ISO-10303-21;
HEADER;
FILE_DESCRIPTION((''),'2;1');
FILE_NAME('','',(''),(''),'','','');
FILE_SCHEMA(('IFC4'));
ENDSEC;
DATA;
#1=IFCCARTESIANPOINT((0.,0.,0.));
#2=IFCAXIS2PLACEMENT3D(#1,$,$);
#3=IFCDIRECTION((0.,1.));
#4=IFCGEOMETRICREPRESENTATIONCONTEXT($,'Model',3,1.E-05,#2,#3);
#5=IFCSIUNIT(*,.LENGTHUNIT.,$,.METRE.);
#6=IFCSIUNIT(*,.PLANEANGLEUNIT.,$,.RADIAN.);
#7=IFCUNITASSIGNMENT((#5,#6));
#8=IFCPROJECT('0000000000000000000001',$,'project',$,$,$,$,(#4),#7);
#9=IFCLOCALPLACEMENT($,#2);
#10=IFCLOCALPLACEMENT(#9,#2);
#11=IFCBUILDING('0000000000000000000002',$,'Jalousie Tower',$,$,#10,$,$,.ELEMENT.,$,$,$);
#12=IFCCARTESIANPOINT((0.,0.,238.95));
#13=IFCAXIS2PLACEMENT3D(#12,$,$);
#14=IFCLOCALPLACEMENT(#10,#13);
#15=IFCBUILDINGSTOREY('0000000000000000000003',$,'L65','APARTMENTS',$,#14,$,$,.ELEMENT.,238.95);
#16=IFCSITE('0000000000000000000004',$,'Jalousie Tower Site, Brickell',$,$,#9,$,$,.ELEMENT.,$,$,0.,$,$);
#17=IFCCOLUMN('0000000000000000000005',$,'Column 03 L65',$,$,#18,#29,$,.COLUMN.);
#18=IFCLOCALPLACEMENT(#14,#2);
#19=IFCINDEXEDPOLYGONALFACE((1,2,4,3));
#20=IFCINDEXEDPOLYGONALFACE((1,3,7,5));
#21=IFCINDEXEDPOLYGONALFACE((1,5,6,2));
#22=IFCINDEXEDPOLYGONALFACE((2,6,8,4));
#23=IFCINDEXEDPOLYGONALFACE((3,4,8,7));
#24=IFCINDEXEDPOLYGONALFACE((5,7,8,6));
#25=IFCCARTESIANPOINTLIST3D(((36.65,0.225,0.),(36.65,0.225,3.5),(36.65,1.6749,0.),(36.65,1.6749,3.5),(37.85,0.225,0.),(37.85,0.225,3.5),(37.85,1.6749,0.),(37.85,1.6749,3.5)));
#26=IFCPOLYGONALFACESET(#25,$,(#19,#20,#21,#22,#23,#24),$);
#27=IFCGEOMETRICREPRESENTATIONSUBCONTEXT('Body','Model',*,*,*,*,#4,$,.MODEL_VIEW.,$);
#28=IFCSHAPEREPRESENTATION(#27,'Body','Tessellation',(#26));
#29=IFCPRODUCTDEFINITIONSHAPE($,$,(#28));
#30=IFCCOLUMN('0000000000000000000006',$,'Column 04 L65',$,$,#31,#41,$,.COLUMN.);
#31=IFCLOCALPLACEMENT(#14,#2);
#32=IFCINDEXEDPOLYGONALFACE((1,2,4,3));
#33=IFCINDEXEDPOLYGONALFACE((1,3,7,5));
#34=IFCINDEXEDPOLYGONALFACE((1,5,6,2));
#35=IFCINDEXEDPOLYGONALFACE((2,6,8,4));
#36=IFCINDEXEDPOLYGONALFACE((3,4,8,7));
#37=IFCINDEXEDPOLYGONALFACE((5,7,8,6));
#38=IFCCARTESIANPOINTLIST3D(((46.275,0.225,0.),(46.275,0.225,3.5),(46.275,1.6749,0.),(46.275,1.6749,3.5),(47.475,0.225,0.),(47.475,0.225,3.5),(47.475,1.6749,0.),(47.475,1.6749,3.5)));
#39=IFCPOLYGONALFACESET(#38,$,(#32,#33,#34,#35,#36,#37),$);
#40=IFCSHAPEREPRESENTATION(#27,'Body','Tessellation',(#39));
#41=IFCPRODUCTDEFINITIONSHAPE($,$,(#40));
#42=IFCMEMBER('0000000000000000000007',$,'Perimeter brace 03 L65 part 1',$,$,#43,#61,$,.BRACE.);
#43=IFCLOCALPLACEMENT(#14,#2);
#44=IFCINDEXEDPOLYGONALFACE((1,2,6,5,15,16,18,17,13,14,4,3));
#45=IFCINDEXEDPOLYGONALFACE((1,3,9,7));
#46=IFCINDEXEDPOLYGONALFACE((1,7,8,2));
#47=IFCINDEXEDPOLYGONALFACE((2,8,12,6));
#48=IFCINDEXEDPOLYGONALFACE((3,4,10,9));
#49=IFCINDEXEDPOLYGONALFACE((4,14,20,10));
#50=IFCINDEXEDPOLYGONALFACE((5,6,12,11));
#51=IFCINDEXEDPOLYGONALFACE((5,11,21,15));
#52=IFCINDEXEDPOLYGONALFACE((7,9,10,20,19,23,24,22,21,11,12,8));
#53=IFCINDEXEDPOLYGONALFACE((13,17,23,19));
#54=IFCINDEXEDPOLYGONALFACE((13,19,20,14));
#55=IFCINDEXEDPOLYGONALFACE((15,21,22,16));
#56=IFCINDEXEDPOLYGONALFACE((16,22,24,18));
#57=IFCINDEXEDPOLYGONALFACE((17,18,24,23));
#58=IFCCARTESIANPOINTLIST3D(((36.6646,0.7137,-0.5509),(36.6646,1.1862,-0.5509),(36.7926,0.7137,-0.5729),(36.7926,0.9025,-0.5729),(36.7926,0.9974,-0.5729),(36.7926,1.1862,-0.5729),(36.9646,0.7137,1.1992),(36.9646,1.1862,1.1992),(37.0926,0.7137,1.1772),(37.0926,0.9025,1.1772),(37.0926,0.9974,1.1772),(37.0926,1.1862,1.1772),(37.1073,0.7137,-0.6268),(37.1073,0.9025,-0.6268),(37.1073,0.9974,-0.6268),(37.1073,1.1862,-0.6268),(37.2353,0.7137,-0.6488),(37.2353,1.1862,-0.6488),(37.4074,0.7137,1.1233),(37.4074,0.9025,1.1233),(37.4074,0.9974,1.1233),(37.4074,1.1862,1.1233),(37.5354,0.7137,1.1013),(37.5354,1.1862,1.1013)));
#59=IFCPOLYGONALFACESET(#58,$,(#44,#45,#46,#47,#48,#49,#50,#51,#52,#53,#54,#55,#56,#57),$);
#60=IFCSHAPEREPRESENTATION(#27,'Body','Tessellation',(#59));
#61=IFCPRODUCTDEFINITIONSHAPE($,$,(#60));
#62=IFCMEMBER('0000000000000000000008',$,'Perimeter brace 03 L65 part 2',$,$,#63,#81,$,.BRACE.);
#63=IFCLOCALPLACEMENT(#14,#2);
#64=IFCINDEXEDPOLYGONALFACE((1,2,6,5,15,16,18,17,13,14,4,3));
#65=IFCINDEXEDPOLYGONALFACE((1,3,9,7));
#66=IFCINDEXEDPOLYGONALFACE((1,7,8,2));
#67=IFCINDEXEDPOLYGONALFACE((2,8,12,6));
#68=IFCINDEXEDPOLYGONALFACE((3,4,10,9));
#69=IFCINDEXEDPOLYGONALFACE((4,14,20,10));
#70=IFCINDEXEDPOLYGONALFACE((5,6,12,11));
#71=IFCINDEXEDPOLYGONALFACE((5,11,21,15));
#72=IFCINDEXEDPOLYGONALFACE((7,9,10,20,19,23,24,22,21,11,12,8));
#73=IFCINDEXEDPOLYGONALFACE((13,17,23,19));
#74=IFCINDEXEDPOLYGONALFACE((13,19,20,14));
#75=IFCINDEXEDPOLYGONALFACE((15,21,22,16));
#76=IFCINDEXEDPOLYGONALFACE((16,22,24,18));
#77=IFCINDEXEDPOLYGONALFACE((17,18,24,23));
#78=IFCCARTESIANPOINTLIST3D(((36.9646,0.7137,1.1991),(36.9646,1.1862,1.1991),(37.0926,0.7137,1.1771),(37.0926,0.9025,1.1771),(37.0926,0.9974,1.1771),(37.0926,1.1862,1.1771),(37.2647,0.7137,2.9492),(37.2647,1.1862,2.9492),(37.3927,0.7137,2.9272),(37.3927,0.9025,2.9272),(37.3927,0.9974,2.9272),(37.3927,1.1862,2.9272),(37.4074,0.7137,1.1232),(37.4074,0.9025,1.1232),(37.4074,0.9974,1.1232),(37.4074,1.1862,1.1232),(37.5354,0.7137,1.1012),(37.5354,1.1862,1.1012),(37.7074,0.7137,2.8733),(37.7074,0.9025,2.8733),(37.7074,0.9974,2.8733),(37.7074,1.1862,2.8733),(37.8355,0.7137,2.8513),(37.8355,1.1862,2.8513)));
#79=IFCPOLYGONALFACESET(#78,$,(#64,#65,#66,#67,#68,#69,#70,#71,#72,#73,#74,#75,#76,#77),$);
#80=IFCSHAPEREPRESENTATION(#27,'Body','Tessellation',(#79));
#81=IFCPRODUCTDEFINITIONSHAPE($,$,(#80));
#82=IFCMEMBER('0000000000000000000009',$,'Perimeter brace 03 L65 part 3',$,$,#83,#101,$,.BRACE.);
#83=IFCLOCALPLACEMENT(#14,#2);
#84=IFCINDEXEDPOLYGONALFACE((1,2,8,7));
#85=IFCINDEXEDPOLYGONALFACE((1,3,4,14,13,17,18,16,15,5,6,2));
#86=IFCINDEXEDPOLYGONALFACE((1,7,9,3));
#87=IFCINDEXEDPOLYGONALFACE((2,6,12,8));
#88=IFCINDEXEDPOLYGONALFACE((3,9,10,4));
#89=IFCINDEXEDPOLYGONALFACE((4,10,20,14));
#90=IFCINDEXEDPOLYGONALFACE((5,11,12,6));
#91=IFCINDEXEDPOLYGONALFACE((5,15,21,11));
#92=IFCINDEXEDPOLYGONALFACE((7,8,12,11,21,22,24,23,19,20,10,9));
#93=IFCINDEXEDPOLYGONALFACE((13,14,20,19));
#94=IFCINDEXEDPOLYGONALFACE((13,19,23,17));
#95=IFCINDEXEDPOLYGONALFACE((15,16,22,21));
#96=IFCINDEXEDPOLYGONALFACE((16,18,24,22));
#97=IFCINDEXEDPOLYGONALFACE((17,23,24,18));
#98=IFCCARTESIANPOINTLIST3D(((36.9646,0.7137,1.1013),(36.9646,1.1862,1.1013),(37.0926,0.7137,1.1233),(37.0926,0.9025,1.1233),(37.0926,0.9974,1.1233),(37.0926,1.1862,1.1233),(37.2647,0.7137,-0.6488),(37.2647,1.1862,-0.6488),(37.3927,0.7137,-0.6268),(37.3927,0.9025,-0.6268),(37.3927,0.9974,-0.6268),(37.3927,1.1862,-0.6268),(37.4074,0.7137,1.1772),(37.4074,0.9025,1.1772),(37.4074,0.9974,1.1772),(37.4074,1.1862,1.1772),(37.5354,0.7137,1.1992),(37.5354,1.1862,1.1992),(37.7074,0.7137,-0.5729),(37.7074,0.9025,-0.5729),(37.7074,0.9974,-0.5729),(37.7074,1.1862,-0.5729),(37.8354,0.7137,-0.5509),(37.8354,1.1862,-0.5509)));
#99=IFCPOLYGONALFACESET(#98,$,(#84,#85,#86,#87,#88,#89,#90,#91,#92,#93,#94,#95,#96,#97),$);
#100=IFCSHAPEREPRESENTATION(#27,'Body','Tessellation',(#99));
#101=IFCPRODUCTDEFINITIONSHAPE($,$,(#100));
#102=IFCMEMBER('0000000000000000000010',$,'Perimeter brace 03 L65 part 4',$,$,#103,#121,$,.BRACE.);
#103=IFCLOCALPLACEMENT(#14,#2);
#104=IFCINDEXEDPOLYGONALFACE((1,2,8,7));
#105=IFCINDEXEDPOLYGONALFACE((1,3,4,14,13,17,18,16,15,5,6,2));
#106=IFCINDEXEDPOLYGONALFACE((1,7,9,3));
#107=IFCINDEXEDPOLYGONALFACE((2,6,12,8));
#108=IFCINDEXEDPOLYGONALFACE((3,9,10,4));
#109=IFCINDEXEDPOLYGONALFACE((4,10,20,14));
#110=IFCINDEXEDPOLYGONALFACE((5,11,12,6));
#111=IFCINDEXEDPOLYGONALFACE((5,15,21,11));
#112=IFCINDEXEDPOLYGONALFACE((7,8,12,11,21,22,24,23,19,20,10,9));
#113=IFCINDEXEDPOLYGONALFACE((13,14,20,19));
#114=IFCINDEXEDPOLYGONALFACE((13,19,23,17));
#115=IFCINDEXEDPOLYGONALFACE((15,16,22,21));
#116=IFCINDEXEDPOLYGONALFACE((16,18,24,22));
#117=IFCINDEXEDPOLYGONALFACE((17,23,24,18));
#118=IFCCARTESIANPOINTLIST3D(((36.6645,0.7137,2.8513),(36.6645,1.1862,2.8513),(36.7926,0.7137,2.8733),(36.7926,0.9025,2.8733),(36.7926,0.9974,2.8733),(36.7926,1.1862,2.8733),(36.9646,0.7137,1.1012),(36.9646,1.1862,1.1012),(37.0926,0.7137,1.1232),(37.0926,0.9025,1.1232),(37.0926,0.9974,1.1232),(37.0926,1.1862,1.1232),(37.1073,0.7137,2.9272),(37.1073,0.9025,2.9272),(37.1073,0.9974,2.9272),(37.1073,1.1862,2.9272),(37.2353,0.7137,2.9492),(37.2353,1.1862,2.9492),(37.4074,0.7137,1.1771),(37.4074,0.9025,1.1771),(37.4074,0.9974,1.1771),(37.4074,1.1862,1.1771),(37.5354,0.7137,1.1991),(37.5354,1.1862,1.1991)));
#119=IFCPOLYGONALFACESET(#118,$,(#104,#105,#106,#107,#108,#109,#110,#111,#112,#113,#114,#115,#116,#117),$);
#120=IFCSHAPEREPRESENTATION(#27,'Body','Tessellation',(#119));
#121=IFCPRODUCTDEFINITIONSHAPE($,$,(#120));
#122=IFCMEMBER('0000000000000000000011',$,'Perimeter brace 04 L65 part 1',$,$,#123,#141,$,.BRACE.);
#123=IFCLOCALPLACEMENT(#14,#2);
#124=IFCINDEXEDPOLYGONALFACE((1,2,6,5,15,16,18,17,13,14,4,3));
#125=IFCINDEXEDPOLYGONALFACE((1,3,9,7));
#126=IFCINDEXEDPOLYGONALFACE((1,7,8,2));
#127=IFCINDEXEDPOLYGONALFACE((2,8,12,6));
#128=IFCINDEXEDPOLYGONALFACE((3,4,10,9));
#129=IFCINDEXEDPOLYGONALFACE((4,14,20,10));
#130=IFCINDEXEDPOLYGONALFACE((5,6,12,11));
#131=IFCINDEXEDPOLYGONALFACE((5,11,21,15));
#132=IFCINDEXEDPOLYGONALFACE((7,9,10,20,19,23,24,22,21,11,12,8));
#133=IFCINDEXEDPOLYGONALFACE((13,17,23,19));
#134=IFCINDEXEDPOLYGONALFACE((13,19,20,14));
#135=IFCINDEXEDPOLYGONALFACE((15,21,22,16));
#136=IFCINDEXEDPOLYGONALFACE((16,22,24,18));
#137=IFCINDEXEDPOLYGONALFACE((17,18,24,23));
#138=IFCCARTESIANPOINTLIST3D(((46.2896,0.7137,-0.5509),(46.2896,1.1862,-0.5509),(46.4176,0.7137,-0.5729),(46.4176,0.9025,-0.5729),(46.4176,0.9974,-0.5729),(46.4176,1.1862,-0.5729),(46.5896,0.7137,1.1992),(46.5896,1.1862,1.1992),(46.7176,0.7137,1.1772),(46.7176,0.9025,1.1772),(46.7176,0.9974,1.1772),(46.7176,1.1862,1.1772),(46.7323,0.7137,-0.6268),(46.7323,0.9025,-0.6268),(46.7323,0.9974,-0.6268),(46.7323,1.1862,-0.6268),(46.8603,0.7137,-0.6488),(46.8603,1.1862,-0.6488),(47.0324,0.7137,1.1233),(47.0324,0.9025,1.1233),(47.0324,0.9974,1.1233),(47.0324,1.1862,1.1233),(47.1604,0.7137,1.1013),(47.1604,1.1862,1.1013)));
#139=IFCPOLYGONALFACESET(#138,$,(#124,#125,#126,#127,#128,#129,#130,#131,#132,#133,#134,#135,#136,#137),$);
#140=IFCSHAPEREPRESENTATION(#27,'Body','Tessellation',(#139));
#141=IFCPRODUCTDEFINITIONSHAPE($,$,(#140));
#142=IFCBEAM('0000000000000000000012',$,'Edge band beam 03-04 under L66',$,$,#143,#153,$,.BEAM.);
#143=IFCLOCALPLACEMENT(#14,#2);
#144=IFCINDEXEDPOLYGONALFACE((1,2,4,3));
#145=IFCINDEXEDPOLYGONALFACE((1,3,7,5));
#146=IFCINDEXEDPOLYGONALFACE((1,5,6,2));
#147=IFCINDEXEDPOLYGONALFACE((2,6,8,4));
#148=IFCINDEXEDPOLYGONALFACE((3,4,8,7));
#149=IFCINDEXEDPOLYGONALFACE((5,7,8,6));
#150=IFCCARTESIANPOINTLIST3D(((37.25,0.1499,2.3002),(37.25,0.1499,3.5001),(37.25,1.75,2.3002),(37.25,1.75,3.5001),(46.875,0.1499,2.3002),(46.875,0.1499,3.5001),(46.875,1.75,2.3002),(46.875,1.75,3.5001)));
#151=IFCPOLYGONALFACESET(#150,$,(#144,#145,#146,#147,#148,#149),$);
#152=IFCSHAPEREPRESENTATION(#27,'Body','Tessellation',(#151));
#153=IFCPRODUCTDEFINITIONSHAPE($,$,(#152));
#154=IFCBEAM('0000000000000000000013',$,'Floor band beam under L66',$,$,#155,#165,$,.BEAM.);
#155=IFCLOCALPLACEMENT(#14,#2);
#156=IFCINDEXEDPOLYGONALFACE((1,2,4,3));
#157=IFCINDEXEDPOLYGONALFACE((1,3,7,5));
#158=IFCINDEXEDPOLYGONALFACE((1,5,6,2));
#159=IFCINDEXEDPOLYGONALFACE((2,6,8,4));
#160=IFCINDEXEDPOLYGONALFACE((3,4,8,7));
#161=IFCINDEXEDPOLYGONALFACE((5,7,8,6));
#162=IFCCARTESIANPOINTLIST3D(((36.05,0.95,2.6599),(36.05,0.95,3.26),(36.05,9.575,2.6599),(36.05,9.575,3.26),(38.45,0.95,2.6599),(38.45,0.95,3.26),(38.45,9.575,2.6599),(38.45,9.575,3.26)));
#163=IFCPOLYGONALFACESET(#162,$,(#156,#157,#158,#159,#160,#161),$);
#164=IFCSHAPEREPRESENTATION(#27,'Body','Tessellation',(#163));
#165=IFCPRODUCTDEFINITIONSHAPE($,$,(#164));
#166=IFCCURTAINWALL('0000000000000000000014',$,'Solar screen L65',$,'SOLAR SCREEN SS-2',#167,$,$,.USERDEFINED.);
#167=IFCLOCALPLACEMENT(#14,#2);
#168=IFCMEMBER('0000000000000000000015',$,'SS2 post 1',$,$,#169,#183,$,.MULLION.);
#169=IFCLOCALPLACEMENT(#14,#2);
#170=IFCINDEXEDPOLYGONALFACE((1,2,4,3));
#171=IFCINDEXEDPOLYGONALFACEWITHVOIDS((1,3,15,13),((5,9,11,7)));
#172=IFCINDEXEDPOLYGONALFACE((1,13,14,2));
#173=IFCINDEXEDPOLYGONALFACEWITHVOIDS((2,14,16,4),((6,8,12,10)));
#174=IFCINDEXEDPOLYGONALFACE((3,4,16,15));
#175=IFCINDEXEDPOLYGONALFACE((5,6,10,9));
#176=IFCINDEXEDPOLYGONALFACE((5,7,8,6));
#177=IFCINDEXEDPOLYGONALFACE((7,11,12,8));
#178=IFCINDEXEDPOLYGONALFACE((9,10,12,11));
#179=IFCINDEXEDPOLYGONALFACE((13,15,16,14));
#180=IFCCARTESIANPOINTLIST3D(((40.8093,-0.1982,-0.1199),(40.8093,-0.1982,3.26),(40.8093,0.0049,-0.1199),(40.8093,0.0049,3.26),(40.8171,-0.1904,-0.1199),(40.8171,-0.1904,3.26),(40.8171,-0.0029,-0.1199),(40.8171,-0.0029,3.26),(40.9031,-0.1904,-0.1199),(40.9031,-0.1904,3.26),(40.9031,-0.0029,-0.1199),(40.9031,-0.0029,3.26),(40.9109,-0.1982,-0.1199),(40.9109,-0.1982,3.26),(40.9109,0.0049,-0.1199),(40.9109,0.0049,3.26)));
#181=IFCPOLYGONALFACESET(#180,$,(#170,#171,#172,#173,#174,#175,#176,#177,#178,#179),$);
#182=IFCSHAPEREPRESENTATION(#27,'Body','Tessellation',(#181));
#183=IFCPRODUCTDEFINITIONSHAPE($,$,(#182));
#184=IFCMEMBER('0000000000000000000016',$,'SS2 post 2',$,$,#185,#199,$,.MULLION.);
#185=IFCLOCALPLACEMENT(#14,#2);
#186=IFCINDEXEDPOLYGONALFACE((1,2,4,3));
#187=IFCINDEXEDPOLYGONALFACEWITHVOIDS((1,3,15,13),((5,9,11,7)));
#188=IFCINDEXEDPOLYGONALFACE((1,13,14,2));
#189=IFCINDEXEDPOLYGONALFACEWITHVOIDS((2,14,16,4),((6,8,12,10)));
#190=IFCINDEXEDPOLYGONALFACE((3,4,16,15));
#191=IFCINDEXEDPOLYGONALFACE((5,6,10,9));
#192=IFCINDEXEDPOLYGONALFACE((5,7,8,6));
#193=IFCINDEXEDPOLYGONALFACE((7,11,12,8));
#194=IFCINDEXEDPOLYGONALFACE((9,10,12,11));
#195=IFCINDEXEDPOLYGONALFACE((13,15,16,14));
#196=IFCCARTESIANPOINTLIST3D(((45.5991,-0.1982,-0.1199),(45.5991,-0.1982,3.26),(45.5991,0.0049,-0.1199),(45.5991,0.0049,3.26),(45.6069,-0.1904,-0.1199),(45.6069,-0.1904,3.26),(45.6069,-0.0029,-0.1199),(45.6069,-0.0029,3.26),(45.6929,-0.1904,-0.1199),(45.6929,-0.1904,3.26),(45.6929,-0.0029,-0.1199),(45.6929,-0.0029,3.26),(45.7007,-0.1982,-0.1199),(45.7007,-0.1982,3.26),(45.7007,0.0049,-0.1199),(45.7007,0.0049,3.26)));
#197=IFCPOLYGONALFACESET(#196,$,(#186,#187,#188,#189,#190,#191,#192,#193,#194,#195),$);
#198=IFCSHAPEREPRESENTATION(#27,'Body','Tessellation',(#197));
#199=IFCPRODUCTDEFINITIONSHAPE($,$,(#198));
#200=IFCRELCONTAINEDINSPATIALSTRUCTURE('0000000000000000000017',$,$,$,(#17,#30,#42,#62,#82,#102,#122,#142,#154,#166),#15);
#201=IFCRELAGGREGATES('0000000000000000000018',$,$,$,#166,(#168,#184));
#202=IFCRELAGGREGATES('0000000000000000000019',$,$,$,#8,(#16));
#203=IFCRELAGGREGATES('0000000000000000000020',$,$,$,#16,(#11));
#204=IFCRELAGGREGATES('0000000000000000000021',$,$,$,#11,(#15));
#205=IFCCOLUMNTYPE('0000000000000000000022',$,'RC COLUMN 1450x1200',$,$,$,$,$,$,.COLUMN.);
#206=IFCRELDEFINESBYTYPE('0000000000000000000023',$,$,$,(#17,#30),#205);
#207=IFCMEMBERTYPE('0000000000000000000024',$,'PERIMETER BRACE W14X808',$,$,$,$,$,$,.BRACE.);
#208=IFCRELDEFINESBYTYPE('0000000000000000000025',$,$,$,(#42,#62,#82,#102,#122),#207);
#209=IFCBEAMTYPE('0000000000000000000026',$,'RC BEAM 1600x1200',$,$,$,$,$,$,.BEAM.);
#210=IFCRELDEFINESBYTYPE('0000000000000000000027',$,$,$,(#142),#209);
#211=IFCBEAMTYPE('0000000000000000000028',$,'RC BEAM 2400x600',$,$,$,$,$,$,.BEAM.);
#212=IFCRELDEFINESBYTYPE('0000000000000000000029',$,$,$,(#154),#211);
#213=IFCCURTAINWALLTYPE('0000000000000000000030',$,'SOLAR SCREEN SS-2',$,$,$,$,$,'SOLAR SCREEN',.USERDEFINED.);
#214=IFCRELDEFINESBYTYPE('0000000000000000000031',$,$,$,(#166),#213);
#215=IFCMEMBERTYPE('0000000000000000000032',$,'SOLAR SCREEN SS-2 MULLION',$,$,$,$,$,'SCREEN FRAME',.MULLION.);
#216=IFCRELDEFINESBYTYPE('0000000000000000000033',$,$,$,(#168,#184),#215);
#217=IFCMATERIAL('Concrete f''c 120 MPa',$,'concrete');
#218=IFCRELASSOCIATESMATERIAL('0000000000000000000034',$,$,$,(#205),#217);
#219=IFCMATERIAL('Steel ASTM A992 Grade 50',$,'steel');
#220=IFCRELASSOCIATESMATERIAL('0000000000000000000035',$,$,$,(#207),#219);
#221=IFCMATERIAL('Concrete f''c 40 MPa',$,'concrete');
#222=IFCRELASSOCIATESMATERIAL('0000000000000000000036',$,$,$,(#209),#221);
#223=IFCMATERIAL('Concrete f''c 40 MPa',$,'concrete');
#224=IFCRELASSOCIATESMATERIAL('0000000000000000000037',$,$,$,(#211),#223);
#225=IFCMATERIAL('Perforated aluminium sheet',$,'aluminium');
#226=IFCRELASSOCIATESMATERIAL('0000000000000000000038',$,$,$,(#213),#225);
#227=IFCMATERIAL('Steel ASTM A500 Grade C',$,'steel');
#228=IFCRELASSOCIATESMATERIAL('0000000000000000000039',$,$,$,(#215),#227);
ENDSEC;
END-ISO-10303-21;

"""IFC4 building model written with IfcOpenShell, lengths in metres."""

from ifc_helpers import new_model, si_unit, direction, frame, origin, origin_2d, place, context, subcontext, project, spatial, rectangle, hollow_rectangle, i_section, extrude, material, material_profile, profile_set, type_object, element, aggregate, save


model = new_model("IFC4")

# Units and contexts
model_context = context("Model", 3, precision=1e-05, world=origin(), true_north=direction((0.0, 1.0)))
body_context = subcontext(model_context, "Body", "Model", "MODEL_VIEW")
ifc_project = project(units=[si_unit("LENGTHUNIT", "METRE"), si_unit("PLANEANGLEUNIT", "RADIAN")], contexts=[model_context])

# Site, building, storey
site_placement = place(None, origin())
site = spatial("IfcSite", under=ifc_project, at=site_placement, Name="Jalousie Tower Site, Brickell", CompositionType="ELEMENT", RefElevation=0.0)
building_placement = place(site_placement, origin())
building = spatial("IfcBuilding", under=site, at=building_placement, Name="Jalousie Tower", CompositionType="ELEMENT")
storey_placement = place(building_placement, frame((0.0, 0.0, 238.95)))
storey = spatial("IfcBuildingStorey", under=building, at=storey_placement, Name="L65", Description="APARTMENTS", CompositionType="ELEMENT", Elevation=238.95)

# Columns
ifc_material_1 = material(Name="Concrete f'c 120 MPa", Category="concrete")
ifc_material_profile_1 = material_profile(ifc_material_1, rectangle(XDim=1.45, YDim=1.2, at=origin_2d()), Name="RC 1450x1200")
ifc_profile_set_1 = profile_set([ifc_material_profile_1], Name="Concrete f'c 120 MPa")
column_type = type_object("IfcColumnType", Name="RC COLUMN 1450x1200", PredefinedType="COLUMN", material=ifc_profile_set_1)
for number, where, z_axis, x_axis, name in (
    (1, (37.25, 0.95, 0.0), (0.0, 0.0, 1.0), (0.0, 1.0, 0.0), "Column 03 L65"),
    (2, (46.875, 0.95, 0.0), (0.0, 0.0, 1.0), (0.0, 1.0, 0.0), "Column 04 L65"),
):
    element("IfcColumn", number, at=place(storey_placement, frame(where, z_axis=z_axis, x_axis=x_axis)), inside=storey, type_object=column_type, Name=name, PredefinedType="COLUMN", context=body_context, shape_type="SweptSolid", body=[
        extrude(rectangle(XDim=1.45, YDim=1.2, at=origin_2d()), origin(), (0.0, 0.0, 1.0), 3.5),
    ])

# Members
ifc_material_2 = material(Name="Steel ASTM A992 Grade 50", Category="steel")
ifc_material_profile_2 = material_profile(ifc_material_2, i_section(OverallWidth=0.4724, OverallDepth=0.5791, WebThickness=0.095, FlangeThickness=0.1299, at=origin_2d()), Name="W14X808")
ifc_profile_set_2 = profile_set([ifc_material_profile_2], Name="Steel ASTM A992 Grade 50")
member_type_1 = type_object("IfcMemberType", Name="PERIMETER BRACE W14X808", PredefinedType="BRACE", material=ifc_profile_set_2)
for number, where, z_axis, x_axis, name in (
    (3, (36.95, 0.95, -0.5999), (0.168991, 0.0, 0.985618), (0.0, 1.0, 0.0), "Perimeter brace 03 L65 part 1"),
    (4, (37.25, 0.95, 1.1501), (0.168991, 0.0, 0.985618), (0.0, 1.0, 0.0), "Perimeter brace 03 L65 part 2"),
    (5, (37.55, 0.95, -0.5999), (-0.168991, 0.0, 0.985618), (0.0, -1.0, 0.0), "Perimeter brace 03 L65 part 3"),
    (6, (37.25, 0.95, 1.1501), (-0.168991, 0.0, 0.985618), (0.0, -1.0, 0.0), "Perimeter brace 03 L65 part 4"),
    (7, (46.575, 0.95, -0.5999), (0.168991, 0.0, 0.985618), (0.0, 1.0, 0.0), "Perimeter brace 04 L65 part 1"),
):
    element("IfcMember", number, at=place(storey_placement, frame(where, z_axis=z_axis, x_axis=x_axis)), inside=storey, type_object=member_type_1, Name=name, PredefinedType="BRACE", context=body_context, shape_type="SweptSolid", body=[
        extrude(i_section(OverallWidth=0.4724, OverallDepth=0.5791, WebThickness=0.095, FlangeThickness=0.1299, at=origin_2d()), origin(), (0.0, 0.0, 1.0), 1.7756),
    ])

# Beams
ifc_material_3 = material(Name="Concrete f'c 40 MPa", Category="concrete")
ifc_material_profile_3 = material_profile(ifc_material_3, rectangle(XDim=1.6001, YDim=1.2, at=origin_2d()), Name="RC 1600x1200")
ifc_profile_set_3 = profile_set([ifc_material_profile_3], Name="Concrete f'c 40 MPa")
beam_type_1 = type_object("IfcBeamType", Name="RC BEAM 1600x1200", PredefinedType="BEAM", material=ifc_profile_set_3)
beam_1_placement = place(storey_placement, frame((37.25, 0.95, 2.9001), z_axis=(1.0, 0.0, 0.0), x_axis=(0.0, 1.0, 0.0)))
element("IfcBeam", 8, at=beam_1_placement, inside=storey, type_object=beam_type_1, Name="Edge band beam 03-04 under L66", PredefinedType="BEAM", context=body_context, shape_type="SweptSolid", body=[
    extrude(rectangle(XDim=1.6001, YDim=1.2, at=origin_2d()), origin(), (0.0, 0.0, 1.0), 9.625),
])
ifc_material_4 = material(Name="Concrete f'c 40 MPa", Category="concrete")
ifc_material_profile_4 = material_profile(ifc_material_4, rectangle(XDim=2.3999, YDim=0.6001, at=origin_2d()), Name="RC 2400x600")
ifc_profile_set_4 = profile_set([ifc_material_profile_4], Name="Concrete f'c 40 MPa")
beam_type_2 = type_object("IfcBeamType", Name="RC BEAM 2400x600", PredefinedType="BEAM", material=ifc_profile_set_4)
beam_2_placement = place(storey_placement, frame((37.25, 0.95, 2.96), z_axis=(0.0, 1.0, 0.0), x_axis=(-1.0, 0.0, 0.0)))
element("IfcBeam", 9, at=beam_2_placement, inside=storey, type_object=beam_type_2, Name="Floor band beam under L66", PredefinedType="BEAM", context=body_context, shape_type="SweptSolid", body=[
    extrude(rectangle(XDim=2.3999, YDim=0.6001, at=origin_2d()), origin(), (0.0, 0.0, 1.0), 8.625),
])

# Curtain wall, members
ifc_material_5 = material(Name="Perforated aluminium sheet", Category="aluminium")
curtain_wall_type = type_object("IfcCurtainWallType", Name="SOLAR SCREEN SS-2", ElementType="SOLAR SCREEN", PredefinedType="USERDEFINED", material=ifc_material_5)
curtain_wall_1_placement = place(storey_placement, origin())
curtain_wall_1 = element("IfcCurtainWall", 10, at=curtain_wall_1_placement, inside=storey, type_object=curtain_wall_type, Name="Solar screen L65", ObjectType="SOLAR SCREEN SS-2", PredefinedType="USERDEFINED")
ifc_material_6 = material(Name="Steel ASTM A500 Grade C", Category="steel")
ifc_material_profile_5 = material_profile(ifc_material_6, hollow_rectangle(XDim=0.1016, YDim=0.2031, WallThickness=0.0078, at=origin_2d()), Name="HSS8X4X5/16")
ifc_profile_set_5 = profile_set([ifc_material_profile_5], Name="Steel ASTM A500 Grade C")
member_type_2 = type_object("IfcMemberType", Name="SOLAR SCREEN SS-2 MULLION", ElementType="SCREEN FRAME", PredefinedType="MULLION", material=ifc_profile_set_5)
member_1_placement = place(storey_placement, frame((40.8601, -0.0967, -0.1199), z_axis=(0.0, 0.0, 1.0), x_axis=(1.0, 0.0, 0.0)))
member_1 = element("IfcMember", 11, at=member_1_placement, type_object=member_type_2, Name="SS2 post 1", PredefinedType="MULLION", context=body_context, shape_type="SweptSolid", body=[
    extrude(hollow_rectangle(XDim=0.1016, YDim=0.2031, WallThickness=0.0078, at=origin_2d()), origin(), (0.0, 0.0, 1.0), 3.3799),
])
member_2_placement = place(storey_placement, frame((45.6499, -0.0967, -0.1199), z_axis=(0.0, 0.0, 1.0), x_axis=(1.0, 0.0, 0.0)))
member_2 = element("IfcMember", 12, at=member_2_placement, type_object=member_type_2, Name="SS2 post 2", PredefinedType="MULLION", context=body_context, shape_type="SweptSolid", body=[
    extrude(hollow_rectangle(XDim=0.1016, YDim=0.2031, WallThickness=0.0078, at=origin_2d()), origin(), (0.0, 0.0, 1.0), 3.3799),
])

aggregate(curtain_wall_1, [member_1, member_2])

save(model, "model.ifc")
